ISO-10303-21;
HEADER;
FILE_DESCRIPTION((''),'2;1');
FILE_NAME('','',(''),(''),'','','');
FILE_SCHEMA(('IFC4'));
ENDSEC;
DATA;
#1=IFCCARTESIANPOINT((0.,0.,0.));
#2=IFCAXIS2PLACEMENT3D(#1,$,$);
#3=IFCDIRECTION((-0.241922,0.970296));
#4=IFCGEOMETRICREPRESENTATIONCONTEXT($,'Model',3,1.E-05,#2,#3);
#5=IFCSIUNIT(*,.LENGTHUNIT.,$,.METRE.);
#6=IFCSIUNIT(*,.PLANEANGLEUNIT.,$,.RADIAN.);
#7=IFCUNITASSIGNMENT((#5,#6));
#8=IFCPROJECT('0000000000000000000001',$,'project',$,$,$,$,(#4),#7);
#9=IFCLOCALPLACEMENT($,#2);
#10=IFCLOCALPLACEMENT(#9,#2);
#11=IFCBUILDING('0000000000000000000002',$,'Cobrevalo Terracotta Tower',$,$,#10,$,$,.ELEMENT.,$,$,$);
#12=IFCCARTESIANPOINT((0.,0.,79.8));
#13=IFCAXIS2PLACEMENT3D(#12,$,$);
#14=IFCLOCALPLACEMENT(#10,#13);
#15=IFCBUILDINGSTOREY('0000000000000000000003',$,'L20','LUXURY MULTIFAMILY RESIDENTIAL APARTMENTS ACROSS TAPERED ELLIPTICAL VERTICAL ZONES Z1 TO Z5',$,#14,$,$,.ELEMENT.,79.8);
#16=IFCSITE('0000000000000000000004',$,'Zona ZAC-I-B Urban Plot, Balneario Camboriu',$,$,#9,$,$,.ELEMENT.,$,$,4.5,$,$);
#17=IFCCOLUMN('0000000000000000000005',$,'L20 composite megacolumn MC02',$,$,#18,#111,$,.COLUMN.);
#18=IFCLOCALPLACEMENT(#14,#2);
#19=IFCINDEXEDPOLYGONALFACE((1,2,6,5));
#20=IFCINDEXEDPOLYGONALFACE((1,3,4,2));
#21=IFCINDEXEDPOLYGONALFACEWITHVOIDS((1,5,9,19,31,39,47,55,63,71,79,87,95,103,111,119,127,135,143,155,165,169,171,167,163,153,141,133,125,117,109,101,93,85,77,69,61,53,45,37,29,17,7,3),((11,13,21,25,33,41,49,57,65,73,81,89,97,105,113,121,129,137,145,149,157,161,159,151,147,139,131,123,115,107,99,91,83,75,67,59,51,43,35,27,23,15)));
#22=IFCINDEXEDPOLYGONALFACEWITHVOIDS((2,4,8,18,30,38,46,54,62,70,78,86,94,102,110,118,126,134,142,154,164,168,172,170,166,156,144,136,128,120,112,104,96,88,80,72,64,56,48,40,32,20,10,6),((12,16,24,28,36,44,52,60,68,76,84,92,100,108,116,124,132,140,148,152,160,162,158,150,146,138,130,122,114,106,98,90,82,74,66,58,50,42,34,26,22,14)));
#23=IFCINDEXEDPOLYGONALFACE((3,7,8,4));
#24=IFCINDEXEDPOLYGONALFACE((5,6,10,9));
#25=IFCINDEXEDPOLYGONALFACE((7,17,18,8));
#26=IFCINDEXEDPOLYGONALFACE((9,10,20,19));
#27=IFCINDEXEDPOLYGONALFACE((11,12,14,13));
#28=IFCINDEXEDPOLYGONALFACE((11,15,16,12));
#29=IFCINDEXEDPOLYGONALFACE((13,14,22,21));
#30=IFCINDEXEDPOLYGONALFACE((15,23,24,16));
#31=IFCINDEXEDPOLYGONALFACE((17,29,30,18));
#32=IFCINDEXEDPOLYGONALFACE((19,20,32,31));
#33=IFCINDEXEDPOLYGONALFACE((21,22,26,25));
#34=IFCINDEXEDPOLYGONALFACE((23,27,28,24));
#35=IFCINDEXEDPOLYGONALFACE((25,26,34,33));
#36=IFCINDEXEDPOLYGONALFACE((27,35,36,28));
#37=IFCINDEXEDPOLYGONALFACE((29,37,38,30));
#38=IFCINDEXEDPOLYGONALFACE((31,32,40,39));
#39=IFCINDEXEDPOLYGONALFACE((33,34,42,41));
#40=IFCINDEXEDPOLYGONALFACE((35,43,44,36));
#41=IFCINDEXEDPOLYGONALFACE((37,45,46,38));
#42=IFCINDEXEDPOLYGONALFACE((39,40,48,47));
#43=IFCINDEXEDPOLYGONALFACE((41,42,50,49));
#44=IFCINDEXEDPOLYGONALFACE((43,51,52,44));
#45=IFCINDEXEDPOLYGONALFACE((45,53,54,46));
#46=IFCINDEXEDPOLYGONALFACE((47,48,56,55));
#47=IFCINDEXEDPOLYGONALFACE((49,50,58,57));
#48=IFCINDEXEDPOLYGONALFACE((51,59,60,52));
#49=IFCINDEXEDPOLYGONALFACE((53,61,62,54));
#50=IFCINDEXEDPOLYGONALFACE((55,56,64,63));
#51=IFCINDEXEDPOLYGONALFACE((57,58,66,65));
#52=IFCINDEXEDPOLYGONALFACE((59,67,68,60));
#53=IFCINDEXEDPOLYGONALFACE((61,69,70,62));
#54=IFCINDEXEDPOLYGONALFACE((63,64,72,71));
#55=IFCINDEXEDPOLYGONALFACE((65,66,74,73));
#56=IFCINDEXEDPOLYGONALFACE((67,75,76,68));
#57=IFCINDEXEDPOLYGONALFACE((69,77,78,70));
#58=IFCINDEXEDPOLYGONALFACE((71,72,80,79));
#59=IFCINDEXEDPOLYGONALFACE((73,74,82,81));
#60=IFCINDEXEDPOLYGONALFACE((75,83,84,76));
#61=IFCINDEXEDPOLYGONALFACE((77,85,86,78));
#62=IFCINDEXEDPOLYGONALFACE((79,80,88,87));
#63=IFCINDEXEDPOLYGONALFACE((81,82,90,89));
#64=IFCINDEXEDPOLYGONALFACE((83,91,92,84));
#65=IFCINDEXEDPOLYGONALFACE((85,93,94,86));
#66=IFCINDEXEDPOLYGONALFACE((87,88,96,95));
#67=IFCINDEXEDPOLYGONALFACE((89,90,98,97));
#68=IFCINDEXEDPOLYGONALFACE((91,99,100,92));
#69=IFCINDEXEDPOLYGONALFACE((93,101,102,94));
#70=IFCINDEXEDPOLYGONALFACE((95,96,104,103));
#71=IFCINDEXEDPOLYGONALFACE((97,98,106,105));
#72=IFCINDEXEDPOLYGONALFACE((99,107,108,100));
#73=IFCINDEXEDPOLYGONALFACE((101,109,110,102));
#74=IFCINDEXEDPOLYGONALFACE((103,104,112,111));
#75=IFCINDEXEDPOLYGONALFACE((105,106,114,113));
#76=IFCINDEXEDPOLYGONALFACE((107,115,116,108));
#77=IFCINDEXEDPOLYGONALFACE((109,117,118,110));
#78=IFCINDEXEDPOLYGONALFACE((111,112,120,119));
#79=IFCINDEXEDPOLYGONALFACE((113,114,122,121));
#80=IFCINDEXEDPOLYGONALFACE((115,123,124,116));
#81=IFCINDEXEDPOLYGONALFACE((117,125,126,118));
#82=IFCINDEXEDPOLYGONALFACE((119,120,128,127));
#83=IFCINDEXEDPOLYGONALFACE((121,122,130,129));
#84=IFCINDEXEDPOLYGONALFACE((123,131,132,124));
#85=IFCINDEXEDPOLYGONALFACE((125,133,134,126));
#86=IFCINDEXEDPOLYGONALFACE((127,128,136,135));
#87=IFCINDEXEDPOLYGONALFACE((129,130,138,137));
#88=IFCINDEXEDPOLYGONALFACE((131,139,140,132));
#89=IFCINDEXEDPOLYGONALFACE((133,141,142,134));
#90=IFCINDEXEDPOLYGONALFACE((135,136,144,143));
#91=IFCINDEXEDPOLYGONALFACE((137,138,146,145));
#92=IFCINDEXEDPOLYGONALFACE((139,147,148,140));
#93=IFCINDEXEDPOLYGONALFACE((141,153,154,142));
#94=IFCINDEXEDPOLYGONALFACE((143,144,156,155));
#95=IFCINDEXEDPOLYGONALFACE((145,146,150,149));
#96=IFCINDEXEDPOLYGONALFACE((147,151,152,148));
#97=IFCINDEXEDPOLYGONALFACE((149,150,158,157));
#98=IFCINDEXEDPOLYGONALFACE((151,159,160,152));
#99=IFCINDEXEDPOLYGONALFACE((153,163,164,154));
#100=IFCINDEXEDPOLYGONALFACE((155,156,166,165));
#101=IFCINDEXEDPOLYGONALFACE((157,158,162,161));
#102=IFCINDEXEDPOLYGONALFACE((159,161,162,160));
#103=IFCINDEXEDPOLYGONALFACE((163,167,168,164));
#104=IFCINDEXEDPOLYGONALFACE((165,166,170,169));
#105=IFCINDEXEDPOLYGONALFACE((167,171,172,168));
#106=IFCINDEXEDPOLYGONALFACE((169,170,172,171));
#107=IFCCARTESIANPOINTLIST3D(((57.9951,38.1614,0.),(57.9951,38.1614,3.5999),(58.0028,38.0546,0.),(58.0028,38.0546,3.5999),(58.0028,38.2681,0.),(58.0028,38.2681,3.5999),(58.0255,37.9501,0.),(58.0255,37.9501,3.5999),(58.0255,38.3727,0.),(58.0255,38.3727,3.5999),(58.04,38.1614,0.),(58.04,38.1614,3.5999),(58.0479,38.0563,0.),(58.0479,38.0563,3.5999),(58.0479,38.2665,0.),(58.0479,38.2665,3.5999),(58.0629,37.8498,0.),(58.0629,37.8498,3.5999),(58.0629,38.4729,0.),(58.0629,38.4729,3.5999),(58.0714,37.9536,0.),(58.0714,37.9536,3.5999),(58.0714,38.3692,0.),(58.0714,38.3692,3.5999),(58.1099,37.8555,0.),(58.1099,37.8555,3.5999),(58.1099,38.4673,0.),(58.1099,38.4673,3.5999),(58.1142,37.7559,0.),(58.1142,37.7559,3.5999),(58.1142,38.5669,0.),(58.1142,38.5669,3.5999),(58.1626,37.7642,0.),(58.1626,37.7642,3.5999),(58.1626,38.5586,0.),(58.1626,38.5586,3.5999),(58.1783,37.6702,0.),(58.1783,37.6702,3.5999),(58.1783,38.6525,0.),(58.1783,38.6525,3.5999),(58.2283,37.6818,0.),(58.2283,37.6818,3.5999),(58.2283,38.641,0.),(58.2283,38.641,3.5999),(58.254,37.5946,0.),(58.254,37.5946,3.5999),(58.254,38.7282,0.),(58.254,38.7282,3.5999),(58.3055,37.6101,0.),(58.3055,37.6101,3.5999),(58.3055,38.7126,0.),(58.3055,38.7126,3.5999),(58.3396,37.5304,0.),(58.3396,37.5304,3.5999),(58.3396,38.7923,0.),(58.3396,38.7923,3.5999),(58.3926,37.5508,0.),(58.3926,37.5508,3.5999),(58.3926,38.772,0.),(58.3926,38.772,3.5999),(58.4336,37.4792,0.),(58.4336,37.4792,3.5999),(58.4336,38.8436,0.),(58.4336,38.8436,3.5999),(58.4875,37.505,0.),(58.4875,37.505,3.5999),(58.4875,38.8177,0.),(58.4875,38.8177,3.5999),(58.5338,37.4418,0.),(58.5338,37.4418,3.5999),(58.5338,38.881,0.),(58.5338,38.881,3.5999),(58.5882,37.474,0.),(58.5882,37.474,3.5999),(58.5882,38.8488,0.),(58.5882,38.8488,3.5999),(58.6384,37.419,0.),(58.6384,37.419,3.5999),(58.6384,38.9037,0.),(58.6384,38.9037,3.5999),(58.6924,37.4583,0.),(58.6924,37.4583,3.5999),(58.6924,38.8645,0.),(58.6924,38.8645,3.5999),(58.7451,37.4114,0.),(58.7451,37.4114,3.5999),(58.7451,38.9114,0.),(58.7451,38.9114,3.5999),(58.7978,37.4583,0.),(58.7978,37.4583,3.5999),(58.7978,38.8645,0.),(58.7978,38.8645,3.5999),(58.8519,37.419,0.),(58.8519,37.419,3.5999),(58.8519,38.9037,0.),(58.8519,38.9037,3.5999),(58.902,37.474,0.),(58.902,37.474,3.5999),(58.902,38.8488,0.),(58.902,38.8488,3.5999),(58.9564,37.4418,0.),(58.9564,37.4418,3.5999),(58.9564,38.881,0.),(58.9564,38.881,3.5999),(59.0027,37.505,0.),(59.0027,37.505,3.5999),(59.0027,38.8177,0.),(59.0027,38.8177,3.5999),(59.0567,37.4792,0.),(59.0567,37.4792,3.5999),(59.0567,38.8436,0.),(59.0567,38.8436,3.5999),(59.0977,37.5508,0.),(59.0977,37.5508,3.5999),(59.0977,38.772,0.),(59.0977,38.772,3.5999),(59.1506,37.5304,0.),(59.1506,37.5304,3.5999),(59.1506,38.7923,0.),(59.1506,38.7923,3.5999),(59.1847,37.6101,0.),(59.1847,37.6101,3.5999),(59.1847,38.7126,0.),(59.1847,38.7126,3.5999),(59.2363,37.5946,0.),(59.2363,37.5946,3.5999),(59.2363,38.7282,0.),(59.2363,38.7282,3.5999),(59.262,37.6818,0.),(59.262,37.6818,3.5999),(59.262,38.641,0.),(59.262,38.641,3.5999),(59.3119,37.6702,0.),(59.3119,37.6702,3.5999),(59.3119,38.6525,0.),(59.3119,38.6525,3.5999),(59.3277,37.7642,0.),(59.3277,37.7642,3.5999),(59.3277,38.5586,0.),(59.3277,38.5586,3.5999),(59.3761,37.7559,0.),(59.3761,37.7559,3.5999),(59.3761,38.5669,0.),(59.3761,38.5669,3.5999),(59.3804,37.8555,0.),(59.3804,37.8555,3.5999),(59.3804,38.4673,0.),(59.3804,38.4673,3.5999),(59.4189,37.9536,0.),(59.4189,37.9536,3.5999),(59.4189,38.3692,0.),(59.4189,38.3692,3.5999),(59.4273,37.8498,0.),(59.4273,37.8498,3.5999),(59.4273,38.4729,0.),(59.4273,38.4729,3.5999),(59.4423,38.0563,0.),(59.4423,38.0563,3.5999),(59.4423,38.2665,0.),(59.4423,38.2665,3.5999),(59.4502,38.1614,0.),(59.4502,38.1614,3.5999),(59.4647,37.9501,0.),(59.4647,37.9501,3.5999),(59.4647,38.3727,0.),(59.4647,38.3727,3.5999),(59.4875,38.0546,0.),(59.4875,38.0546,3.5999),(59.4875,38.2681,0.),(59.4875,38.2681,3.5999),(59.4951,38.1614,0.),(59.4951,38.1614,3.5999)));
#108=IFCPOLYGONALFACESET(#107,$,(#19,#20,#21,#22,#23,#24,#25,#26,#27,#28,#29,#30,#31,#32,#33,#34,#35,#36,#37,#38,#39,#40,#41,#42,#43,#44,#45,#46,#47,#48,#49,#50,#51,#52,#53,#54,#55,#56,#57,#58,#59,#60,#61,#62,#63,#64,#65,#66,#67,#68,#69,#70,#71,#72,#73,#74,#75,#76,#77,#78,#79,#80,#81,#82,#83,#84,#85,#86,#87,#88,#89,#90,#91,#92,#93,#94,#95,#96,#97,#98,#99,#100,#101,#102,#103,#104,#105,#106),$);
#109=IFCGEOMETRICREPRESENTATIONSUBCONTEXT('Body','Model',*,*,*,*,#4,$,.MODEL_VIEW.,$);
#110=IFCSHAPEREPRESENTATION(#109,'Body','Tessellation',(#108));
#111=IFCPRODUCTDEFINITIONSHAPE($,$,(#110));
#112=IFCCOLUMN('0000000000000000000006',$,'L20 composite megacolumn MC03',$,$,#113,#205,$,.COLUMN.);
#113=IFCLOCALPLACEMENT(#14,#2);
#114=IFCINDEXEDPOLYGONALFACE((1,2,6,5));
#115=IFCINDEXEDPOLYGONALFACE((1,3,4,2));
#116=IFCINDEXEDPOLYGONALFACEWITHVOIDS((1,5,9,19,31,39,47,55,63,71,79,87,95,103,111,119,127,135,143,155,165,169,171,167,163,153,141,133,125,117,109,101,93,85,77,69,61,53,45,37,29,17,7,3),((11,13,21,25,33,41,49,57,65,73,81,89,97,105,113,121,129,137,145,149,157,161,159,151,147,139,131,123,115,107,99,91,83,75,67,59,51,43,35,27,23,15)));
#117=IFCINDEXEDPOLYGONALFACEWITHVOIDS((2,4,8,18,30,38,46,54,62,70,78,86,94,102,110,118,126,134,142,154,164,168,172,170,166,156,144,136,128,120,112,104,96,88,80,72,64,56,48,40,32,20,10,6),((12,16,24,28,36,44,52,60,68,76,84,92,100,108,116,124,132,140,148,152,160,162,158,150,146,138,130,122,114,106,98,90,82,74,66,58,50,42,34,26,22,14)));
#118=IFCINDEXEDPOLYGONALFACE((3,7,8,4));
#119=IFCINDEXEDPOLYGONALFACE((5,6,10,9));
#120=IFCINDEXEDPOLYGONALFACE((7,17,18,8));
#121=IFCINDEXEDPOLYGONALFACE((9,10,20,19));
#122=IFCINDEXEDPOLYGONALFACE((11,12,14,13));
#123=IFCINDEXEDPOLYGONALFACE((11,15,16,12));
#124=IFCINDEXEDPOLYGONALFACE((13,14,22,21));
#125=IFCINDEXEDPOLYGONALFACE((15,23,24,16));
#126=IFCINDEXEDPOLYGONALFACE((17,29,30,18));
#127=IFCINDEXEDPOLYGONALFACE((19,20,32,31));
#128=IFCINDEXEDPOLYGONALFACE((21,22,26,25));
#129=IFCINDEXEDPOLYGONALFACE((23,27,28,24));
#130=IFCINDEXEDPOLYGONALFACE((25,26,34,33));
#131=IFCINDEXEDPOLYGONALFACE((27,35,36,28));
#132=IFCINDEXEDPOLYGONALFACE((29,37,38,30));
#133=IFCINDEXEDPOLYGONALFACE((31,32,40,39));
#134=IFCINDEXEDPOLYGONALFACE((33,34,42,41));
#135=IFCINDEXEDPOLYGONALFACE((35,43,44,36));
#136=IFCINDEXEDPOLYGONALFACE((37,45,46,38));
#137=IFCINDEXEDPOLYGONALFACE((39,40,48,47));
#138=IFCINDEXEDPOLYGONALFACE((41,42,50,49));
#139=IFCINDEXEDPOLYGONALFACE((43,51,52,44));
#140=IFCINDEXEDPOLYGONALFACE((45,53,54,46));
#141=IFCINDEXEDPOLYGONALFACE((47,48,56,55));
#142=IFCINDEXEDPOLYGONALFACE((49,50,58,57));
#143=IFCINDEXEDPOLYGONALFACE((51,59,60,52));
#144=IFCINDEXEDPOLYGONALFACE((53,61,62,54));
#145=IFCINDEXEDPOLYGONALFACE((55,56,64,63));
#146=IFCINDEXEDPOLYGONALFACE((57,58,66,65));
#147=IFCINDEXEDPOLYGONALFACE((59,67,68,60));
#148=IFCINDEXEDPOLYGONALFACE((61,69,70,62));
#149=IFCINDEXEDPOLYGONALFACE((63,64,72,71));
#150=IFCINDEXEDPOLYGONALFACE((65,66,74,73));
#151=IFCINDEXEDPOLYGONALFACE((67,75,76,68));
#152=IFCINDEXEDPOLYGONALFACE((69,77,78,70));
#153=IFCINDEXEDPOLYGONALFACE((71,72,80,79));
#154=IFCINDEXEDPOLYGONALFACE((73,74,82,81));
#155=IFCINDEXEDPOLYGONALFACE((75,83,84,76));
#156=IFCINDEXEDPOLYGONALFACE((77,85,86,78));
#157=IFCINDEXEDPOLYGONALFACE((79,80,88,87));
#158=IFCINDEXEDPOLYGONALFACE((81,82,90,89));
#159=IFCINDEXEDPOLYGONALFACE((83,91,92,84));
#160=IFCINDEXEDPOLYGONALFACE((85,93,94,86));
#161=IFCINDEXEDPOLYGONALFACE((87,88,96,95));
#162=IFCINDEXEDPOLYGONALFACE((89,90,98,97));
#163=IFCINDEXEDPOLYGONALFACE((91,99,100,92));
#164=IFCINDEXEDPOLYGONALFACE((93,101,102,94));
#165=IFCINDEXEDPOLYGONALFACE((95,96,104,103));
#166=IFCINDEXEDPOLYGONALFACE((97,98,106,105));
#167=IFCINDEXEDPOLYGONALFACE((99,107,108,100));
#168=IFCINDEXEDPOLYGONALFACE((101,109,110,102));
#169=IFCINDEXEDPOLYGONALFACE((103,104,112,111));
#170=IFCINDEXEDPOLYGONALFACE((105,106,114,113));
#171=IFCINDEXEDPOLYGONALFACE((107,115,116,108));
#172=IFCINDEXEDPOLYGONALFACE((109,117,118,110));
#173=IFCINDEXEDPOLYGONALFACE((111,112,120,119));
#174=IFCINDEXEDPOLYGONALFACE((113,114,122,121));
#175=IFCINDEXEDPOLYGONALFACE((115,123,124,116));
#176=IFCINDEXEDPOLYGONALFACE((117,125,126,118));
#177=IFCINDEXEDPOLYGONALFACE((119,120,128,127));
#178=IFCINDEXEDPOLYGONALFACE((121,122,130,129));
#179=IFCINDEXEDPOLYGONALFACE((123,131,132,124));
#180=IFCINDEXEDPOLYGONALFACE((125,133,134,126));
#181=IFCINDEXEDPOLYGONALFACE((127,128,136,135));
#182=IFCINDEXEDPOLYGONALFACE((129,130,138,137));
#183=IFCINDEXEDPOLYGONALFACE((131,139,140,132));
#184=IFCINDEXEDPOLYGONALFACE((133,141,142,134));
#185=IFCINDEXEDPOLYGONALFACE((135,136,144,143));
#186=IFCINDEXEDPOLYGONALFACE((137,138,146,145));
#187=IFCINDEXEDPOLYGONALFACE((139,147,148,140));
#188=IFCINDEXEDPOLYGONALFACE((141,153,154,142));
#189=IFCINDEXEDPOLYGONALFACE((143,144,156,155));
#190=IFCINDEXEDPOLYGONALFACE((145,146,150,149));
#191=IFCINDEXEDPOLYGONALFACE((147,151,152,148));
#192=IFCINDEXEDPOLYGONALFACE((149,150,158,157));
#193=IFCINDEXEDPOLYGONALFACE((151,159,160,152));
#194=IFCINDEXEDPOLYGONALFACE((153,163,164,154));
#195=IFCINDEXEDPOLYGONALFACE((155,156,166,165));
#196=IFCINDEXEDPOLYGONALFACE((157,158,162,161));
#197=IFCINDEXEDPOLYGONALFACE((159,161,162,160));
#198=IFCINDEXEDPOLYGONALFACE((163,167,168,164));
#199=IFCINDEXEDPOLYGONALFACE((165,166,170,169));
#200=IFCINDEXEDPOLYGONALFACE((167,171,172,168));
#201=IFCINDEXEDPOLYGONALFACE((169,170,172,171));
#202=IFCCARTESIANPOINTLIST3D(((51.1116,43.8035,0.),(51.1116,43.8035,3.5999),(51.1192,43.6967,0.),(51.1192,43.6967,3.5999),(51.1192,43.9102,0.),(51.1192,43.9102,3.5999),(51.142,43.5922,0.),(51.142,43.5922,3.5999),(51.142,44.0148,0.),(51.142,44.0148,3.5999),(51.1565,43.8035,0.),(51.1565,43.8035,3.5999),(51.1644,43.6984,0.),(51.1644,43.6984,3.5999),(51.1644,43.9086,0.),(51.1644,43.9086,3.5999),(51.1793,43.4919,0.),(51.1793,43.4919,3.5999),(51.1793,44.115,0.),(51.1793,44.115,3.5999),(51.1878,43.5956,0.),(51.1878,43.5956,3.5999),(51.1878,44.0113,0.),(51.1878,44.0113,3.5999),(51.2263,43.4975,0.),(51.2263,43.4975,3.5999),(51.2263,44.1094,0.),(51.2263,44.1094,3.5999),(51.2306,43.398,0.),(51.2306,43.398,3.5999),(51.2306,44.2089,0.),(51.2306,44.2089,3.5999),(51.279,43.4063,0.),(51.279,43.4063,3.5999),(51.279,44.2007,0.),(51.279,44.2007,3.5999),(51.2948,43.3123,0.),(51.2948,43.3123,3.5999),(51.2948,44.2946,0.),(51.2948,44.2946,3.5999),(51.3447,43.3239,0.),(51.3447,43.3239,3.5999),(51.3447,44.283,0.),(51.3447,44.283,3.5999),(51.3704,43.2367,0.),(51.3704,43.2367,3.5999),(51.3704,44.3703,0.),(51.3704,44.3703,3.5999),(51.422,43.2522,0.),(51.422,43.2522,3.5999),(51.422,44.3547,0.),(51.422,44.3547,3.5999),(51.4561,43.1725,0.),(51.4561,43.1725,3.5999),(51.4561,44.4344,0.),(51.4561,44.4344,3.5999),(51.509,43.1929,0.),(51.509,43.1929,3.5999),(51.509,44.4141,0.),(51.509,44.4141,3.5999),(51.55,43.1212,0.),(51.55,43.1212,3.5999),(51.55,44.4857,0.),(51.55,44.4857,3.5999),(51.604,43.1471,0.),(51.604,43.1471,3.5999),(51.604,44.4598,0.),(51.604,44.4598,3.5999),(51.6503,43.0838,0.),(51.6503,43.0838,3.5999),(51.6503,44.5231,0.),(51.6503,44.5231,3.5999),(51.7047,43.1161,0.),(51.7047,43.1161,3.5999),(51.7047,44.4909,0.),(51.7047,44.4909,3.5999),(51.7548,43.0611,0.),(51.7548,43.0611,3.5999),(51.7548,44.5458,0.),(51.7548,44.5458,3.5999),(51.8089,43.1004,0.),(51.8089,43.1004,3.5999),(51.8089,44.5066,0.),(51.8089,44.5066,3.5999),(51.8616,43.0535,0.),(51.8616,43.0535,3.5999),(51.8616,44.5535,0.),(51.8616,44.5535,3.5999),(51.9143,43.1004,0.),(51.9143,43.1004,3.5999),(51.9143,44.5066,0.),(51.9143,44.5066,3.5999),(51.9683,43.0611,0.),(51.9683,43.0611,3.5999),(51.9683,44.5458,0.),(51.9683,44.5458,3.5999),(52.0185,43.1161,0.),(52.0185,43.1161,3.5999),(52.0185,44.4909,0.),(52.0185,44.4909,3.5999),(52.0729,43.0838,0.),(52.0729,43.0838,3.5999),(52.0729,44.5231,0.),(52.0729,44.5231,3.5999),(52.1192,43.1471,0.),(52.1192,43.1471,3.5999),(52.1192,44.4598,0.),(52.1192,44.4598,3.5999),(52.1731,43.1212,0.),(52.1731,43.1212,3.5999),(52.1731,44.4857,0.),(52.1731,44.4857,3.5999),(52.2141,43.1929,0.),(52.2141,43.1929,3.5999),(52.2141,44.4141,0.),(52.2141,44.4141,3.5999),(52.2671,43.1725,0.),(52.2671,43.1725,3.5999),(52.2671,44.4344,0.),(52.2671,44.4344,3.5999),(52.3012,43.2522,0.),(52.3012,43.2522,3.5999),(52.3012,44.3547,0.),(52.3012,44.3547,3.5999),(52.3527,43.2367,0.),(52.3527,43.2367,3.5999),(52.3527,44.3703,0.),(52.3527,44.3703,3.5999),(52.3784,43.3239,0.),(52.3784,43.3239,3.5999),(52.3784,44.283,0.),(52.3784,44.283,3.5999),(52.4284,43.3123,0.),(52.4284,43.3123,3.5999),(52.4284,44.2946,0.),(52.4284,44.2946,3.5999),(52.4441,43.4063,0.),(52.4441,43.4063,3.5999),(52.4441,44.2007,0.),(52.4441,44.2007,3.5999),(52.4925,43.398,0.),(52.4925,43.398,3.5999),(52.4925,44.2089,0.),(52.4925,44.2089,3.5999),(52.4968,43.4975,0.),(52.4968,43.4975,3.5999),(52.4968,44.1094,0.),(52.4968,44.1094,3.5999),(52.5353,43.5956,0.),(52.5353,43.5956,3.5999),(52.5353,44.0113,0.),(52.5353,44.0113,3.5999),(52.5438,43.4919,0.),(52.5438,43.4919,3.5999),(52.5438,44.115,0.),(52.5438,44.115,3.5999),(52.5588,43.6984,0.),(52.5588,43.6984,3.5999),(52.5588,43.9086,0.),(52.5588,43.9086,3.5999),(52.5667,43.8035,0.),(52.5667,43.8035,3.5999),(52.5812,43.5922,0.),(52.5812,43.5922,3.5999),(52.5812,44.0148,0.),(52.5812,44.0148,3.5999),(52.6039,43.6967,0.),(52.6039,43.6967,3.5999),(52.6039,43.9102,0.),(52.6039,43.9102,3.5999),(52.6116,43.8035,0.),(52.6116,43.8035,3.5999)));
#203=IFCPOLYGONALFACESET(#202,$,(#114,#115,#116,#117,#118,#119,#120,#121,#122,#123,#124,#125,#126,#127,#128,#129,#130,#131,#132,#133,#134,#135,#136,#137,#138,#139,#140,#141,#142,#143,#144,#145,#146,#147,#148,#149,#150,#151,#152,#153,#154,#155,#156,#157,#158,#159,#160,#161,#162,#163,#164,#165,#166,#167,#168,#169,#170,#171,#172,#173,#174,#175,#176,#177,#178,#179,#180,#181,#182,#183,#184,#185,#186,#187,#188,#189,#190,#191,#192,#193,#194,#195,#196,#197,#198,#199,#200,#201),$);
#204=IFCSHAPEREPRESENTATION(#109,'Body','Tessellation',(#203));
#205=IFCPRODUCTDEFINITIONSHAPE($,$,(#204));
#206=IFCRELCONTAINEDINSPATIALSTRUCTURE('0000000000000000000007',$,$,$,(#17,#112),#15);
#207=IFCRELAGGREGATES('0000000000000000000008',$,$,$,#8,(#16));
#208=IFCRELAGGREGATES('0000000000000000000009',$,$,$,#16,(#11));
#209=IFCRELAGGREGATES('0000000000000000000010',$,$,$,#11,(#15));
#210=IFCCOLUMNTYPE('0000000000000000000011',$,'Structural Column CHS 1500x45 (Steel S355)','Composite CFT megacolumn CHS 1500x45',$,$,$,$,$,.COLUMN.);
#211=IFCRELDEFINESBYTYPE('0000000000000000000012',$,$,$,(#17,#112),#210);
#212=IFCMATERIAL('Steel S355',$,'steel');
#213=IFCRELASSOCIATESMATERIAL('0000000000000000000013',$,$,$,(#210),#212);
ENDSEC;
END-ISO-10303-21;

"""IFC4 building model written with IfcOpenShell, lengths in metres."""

from ifc_helpers import new_model, si_unit, direction, frame, origin, origin_2d, place, context, subcontext, project, spatial, hollow_circle, extrude, material, material_profile, profile_set, type_object, element, save


model = new_model("IFC4")

# Units and contexts
model_context = context("Model", 3, precision=1e-05, world=origin(), true_north=direction((-0.241922, 0.970296)))
body_context = subcontext(model_context, "Body", "Model", "MODEL_VIEW")
ifc_project = project(units=[si_unit("LENGTHUNIT", "METRE"), si_unit("PLANEANGLEUNIT", "RADIAN")], contexts=[model_context])

# Site, building, storey
site_placement = place(None, origin())
site = spatial("IfcSite", under=ifc_project, at=site_placement, Name="Zona ZAC-I-B Urban Plot, Balneario Camboriu", CompositionType="ELEMENT", RefElevation=4.5)
building_placement = place(site_placement, origin())
building = spatial("IfcBuilding", under=site, at=building_placement, Name="Cobrevalo Terracotta Tower", CompositionType="ELEMENT")
storey_placement = place(building_placement, frame((0.0, 0.0, 79.8)))
storey = spatial("IfcBuildingStorey", under=building, at=storey_placement, Name="L20", Description="LUXURY MULTIFAMILY RESIDENTIAL APARTMENTS ACROSS TAPERED ELLIPTICAL VERTICAL ZONES Z1 TO Z5", CompositionType="ELEMENT", Elevation=79.8)

# Columns
ifc_material_1 = material(Name="Steel S355", Category="steel")
ifc_material_profile_1 = material_profile(ifc_material_1, hollow_circle(Radius=0.75, WallThickness=0.0449, at=origin_2d()), Name="CHS 1500x45")
ifc_profile_set_1 = profile_set([ifc_material_profile_1], Name="Steel S355")
column_type = type_object("IfcColumnType", Name="Structural Column CHS 1500x45 (Steel S355)", Description="Composite CFT megacolumn CHS 1500x45", PredefinedType="COLUMN", material=ifc_profile_set_1)
for number, where, z_axis, x_axis, name in (
    (1, (58.7451, 38.1614, 0.0), (0.0, 0.0, 1.0), (1.0, 0.0, 0.0), "L20 composite megacolumn MC02"),
    (2, (51.8616, 43.8035, 0.0), (0.0, 0.0, 1.0), (1.0, 0.0, 0.0), "L20 composite megacolumn MC03"),
):
    element("IfcColumn", number, at=place(storey_placement, frame(where, z_axis=z_axis, x_axis=x_axis)), inside=storey, type_object=column_type, Name=name, PredefinedType="COLUMN", context=body_context, shape_type="SweptSolid", body=[
        extrude(hollow_circle(Radius=0.75, WallThickness=0.0449, at=origin_2d()), origin(), (0.0, 0.0, 1.0), 3.5999),
    ])

save(model, "model.ifc")
